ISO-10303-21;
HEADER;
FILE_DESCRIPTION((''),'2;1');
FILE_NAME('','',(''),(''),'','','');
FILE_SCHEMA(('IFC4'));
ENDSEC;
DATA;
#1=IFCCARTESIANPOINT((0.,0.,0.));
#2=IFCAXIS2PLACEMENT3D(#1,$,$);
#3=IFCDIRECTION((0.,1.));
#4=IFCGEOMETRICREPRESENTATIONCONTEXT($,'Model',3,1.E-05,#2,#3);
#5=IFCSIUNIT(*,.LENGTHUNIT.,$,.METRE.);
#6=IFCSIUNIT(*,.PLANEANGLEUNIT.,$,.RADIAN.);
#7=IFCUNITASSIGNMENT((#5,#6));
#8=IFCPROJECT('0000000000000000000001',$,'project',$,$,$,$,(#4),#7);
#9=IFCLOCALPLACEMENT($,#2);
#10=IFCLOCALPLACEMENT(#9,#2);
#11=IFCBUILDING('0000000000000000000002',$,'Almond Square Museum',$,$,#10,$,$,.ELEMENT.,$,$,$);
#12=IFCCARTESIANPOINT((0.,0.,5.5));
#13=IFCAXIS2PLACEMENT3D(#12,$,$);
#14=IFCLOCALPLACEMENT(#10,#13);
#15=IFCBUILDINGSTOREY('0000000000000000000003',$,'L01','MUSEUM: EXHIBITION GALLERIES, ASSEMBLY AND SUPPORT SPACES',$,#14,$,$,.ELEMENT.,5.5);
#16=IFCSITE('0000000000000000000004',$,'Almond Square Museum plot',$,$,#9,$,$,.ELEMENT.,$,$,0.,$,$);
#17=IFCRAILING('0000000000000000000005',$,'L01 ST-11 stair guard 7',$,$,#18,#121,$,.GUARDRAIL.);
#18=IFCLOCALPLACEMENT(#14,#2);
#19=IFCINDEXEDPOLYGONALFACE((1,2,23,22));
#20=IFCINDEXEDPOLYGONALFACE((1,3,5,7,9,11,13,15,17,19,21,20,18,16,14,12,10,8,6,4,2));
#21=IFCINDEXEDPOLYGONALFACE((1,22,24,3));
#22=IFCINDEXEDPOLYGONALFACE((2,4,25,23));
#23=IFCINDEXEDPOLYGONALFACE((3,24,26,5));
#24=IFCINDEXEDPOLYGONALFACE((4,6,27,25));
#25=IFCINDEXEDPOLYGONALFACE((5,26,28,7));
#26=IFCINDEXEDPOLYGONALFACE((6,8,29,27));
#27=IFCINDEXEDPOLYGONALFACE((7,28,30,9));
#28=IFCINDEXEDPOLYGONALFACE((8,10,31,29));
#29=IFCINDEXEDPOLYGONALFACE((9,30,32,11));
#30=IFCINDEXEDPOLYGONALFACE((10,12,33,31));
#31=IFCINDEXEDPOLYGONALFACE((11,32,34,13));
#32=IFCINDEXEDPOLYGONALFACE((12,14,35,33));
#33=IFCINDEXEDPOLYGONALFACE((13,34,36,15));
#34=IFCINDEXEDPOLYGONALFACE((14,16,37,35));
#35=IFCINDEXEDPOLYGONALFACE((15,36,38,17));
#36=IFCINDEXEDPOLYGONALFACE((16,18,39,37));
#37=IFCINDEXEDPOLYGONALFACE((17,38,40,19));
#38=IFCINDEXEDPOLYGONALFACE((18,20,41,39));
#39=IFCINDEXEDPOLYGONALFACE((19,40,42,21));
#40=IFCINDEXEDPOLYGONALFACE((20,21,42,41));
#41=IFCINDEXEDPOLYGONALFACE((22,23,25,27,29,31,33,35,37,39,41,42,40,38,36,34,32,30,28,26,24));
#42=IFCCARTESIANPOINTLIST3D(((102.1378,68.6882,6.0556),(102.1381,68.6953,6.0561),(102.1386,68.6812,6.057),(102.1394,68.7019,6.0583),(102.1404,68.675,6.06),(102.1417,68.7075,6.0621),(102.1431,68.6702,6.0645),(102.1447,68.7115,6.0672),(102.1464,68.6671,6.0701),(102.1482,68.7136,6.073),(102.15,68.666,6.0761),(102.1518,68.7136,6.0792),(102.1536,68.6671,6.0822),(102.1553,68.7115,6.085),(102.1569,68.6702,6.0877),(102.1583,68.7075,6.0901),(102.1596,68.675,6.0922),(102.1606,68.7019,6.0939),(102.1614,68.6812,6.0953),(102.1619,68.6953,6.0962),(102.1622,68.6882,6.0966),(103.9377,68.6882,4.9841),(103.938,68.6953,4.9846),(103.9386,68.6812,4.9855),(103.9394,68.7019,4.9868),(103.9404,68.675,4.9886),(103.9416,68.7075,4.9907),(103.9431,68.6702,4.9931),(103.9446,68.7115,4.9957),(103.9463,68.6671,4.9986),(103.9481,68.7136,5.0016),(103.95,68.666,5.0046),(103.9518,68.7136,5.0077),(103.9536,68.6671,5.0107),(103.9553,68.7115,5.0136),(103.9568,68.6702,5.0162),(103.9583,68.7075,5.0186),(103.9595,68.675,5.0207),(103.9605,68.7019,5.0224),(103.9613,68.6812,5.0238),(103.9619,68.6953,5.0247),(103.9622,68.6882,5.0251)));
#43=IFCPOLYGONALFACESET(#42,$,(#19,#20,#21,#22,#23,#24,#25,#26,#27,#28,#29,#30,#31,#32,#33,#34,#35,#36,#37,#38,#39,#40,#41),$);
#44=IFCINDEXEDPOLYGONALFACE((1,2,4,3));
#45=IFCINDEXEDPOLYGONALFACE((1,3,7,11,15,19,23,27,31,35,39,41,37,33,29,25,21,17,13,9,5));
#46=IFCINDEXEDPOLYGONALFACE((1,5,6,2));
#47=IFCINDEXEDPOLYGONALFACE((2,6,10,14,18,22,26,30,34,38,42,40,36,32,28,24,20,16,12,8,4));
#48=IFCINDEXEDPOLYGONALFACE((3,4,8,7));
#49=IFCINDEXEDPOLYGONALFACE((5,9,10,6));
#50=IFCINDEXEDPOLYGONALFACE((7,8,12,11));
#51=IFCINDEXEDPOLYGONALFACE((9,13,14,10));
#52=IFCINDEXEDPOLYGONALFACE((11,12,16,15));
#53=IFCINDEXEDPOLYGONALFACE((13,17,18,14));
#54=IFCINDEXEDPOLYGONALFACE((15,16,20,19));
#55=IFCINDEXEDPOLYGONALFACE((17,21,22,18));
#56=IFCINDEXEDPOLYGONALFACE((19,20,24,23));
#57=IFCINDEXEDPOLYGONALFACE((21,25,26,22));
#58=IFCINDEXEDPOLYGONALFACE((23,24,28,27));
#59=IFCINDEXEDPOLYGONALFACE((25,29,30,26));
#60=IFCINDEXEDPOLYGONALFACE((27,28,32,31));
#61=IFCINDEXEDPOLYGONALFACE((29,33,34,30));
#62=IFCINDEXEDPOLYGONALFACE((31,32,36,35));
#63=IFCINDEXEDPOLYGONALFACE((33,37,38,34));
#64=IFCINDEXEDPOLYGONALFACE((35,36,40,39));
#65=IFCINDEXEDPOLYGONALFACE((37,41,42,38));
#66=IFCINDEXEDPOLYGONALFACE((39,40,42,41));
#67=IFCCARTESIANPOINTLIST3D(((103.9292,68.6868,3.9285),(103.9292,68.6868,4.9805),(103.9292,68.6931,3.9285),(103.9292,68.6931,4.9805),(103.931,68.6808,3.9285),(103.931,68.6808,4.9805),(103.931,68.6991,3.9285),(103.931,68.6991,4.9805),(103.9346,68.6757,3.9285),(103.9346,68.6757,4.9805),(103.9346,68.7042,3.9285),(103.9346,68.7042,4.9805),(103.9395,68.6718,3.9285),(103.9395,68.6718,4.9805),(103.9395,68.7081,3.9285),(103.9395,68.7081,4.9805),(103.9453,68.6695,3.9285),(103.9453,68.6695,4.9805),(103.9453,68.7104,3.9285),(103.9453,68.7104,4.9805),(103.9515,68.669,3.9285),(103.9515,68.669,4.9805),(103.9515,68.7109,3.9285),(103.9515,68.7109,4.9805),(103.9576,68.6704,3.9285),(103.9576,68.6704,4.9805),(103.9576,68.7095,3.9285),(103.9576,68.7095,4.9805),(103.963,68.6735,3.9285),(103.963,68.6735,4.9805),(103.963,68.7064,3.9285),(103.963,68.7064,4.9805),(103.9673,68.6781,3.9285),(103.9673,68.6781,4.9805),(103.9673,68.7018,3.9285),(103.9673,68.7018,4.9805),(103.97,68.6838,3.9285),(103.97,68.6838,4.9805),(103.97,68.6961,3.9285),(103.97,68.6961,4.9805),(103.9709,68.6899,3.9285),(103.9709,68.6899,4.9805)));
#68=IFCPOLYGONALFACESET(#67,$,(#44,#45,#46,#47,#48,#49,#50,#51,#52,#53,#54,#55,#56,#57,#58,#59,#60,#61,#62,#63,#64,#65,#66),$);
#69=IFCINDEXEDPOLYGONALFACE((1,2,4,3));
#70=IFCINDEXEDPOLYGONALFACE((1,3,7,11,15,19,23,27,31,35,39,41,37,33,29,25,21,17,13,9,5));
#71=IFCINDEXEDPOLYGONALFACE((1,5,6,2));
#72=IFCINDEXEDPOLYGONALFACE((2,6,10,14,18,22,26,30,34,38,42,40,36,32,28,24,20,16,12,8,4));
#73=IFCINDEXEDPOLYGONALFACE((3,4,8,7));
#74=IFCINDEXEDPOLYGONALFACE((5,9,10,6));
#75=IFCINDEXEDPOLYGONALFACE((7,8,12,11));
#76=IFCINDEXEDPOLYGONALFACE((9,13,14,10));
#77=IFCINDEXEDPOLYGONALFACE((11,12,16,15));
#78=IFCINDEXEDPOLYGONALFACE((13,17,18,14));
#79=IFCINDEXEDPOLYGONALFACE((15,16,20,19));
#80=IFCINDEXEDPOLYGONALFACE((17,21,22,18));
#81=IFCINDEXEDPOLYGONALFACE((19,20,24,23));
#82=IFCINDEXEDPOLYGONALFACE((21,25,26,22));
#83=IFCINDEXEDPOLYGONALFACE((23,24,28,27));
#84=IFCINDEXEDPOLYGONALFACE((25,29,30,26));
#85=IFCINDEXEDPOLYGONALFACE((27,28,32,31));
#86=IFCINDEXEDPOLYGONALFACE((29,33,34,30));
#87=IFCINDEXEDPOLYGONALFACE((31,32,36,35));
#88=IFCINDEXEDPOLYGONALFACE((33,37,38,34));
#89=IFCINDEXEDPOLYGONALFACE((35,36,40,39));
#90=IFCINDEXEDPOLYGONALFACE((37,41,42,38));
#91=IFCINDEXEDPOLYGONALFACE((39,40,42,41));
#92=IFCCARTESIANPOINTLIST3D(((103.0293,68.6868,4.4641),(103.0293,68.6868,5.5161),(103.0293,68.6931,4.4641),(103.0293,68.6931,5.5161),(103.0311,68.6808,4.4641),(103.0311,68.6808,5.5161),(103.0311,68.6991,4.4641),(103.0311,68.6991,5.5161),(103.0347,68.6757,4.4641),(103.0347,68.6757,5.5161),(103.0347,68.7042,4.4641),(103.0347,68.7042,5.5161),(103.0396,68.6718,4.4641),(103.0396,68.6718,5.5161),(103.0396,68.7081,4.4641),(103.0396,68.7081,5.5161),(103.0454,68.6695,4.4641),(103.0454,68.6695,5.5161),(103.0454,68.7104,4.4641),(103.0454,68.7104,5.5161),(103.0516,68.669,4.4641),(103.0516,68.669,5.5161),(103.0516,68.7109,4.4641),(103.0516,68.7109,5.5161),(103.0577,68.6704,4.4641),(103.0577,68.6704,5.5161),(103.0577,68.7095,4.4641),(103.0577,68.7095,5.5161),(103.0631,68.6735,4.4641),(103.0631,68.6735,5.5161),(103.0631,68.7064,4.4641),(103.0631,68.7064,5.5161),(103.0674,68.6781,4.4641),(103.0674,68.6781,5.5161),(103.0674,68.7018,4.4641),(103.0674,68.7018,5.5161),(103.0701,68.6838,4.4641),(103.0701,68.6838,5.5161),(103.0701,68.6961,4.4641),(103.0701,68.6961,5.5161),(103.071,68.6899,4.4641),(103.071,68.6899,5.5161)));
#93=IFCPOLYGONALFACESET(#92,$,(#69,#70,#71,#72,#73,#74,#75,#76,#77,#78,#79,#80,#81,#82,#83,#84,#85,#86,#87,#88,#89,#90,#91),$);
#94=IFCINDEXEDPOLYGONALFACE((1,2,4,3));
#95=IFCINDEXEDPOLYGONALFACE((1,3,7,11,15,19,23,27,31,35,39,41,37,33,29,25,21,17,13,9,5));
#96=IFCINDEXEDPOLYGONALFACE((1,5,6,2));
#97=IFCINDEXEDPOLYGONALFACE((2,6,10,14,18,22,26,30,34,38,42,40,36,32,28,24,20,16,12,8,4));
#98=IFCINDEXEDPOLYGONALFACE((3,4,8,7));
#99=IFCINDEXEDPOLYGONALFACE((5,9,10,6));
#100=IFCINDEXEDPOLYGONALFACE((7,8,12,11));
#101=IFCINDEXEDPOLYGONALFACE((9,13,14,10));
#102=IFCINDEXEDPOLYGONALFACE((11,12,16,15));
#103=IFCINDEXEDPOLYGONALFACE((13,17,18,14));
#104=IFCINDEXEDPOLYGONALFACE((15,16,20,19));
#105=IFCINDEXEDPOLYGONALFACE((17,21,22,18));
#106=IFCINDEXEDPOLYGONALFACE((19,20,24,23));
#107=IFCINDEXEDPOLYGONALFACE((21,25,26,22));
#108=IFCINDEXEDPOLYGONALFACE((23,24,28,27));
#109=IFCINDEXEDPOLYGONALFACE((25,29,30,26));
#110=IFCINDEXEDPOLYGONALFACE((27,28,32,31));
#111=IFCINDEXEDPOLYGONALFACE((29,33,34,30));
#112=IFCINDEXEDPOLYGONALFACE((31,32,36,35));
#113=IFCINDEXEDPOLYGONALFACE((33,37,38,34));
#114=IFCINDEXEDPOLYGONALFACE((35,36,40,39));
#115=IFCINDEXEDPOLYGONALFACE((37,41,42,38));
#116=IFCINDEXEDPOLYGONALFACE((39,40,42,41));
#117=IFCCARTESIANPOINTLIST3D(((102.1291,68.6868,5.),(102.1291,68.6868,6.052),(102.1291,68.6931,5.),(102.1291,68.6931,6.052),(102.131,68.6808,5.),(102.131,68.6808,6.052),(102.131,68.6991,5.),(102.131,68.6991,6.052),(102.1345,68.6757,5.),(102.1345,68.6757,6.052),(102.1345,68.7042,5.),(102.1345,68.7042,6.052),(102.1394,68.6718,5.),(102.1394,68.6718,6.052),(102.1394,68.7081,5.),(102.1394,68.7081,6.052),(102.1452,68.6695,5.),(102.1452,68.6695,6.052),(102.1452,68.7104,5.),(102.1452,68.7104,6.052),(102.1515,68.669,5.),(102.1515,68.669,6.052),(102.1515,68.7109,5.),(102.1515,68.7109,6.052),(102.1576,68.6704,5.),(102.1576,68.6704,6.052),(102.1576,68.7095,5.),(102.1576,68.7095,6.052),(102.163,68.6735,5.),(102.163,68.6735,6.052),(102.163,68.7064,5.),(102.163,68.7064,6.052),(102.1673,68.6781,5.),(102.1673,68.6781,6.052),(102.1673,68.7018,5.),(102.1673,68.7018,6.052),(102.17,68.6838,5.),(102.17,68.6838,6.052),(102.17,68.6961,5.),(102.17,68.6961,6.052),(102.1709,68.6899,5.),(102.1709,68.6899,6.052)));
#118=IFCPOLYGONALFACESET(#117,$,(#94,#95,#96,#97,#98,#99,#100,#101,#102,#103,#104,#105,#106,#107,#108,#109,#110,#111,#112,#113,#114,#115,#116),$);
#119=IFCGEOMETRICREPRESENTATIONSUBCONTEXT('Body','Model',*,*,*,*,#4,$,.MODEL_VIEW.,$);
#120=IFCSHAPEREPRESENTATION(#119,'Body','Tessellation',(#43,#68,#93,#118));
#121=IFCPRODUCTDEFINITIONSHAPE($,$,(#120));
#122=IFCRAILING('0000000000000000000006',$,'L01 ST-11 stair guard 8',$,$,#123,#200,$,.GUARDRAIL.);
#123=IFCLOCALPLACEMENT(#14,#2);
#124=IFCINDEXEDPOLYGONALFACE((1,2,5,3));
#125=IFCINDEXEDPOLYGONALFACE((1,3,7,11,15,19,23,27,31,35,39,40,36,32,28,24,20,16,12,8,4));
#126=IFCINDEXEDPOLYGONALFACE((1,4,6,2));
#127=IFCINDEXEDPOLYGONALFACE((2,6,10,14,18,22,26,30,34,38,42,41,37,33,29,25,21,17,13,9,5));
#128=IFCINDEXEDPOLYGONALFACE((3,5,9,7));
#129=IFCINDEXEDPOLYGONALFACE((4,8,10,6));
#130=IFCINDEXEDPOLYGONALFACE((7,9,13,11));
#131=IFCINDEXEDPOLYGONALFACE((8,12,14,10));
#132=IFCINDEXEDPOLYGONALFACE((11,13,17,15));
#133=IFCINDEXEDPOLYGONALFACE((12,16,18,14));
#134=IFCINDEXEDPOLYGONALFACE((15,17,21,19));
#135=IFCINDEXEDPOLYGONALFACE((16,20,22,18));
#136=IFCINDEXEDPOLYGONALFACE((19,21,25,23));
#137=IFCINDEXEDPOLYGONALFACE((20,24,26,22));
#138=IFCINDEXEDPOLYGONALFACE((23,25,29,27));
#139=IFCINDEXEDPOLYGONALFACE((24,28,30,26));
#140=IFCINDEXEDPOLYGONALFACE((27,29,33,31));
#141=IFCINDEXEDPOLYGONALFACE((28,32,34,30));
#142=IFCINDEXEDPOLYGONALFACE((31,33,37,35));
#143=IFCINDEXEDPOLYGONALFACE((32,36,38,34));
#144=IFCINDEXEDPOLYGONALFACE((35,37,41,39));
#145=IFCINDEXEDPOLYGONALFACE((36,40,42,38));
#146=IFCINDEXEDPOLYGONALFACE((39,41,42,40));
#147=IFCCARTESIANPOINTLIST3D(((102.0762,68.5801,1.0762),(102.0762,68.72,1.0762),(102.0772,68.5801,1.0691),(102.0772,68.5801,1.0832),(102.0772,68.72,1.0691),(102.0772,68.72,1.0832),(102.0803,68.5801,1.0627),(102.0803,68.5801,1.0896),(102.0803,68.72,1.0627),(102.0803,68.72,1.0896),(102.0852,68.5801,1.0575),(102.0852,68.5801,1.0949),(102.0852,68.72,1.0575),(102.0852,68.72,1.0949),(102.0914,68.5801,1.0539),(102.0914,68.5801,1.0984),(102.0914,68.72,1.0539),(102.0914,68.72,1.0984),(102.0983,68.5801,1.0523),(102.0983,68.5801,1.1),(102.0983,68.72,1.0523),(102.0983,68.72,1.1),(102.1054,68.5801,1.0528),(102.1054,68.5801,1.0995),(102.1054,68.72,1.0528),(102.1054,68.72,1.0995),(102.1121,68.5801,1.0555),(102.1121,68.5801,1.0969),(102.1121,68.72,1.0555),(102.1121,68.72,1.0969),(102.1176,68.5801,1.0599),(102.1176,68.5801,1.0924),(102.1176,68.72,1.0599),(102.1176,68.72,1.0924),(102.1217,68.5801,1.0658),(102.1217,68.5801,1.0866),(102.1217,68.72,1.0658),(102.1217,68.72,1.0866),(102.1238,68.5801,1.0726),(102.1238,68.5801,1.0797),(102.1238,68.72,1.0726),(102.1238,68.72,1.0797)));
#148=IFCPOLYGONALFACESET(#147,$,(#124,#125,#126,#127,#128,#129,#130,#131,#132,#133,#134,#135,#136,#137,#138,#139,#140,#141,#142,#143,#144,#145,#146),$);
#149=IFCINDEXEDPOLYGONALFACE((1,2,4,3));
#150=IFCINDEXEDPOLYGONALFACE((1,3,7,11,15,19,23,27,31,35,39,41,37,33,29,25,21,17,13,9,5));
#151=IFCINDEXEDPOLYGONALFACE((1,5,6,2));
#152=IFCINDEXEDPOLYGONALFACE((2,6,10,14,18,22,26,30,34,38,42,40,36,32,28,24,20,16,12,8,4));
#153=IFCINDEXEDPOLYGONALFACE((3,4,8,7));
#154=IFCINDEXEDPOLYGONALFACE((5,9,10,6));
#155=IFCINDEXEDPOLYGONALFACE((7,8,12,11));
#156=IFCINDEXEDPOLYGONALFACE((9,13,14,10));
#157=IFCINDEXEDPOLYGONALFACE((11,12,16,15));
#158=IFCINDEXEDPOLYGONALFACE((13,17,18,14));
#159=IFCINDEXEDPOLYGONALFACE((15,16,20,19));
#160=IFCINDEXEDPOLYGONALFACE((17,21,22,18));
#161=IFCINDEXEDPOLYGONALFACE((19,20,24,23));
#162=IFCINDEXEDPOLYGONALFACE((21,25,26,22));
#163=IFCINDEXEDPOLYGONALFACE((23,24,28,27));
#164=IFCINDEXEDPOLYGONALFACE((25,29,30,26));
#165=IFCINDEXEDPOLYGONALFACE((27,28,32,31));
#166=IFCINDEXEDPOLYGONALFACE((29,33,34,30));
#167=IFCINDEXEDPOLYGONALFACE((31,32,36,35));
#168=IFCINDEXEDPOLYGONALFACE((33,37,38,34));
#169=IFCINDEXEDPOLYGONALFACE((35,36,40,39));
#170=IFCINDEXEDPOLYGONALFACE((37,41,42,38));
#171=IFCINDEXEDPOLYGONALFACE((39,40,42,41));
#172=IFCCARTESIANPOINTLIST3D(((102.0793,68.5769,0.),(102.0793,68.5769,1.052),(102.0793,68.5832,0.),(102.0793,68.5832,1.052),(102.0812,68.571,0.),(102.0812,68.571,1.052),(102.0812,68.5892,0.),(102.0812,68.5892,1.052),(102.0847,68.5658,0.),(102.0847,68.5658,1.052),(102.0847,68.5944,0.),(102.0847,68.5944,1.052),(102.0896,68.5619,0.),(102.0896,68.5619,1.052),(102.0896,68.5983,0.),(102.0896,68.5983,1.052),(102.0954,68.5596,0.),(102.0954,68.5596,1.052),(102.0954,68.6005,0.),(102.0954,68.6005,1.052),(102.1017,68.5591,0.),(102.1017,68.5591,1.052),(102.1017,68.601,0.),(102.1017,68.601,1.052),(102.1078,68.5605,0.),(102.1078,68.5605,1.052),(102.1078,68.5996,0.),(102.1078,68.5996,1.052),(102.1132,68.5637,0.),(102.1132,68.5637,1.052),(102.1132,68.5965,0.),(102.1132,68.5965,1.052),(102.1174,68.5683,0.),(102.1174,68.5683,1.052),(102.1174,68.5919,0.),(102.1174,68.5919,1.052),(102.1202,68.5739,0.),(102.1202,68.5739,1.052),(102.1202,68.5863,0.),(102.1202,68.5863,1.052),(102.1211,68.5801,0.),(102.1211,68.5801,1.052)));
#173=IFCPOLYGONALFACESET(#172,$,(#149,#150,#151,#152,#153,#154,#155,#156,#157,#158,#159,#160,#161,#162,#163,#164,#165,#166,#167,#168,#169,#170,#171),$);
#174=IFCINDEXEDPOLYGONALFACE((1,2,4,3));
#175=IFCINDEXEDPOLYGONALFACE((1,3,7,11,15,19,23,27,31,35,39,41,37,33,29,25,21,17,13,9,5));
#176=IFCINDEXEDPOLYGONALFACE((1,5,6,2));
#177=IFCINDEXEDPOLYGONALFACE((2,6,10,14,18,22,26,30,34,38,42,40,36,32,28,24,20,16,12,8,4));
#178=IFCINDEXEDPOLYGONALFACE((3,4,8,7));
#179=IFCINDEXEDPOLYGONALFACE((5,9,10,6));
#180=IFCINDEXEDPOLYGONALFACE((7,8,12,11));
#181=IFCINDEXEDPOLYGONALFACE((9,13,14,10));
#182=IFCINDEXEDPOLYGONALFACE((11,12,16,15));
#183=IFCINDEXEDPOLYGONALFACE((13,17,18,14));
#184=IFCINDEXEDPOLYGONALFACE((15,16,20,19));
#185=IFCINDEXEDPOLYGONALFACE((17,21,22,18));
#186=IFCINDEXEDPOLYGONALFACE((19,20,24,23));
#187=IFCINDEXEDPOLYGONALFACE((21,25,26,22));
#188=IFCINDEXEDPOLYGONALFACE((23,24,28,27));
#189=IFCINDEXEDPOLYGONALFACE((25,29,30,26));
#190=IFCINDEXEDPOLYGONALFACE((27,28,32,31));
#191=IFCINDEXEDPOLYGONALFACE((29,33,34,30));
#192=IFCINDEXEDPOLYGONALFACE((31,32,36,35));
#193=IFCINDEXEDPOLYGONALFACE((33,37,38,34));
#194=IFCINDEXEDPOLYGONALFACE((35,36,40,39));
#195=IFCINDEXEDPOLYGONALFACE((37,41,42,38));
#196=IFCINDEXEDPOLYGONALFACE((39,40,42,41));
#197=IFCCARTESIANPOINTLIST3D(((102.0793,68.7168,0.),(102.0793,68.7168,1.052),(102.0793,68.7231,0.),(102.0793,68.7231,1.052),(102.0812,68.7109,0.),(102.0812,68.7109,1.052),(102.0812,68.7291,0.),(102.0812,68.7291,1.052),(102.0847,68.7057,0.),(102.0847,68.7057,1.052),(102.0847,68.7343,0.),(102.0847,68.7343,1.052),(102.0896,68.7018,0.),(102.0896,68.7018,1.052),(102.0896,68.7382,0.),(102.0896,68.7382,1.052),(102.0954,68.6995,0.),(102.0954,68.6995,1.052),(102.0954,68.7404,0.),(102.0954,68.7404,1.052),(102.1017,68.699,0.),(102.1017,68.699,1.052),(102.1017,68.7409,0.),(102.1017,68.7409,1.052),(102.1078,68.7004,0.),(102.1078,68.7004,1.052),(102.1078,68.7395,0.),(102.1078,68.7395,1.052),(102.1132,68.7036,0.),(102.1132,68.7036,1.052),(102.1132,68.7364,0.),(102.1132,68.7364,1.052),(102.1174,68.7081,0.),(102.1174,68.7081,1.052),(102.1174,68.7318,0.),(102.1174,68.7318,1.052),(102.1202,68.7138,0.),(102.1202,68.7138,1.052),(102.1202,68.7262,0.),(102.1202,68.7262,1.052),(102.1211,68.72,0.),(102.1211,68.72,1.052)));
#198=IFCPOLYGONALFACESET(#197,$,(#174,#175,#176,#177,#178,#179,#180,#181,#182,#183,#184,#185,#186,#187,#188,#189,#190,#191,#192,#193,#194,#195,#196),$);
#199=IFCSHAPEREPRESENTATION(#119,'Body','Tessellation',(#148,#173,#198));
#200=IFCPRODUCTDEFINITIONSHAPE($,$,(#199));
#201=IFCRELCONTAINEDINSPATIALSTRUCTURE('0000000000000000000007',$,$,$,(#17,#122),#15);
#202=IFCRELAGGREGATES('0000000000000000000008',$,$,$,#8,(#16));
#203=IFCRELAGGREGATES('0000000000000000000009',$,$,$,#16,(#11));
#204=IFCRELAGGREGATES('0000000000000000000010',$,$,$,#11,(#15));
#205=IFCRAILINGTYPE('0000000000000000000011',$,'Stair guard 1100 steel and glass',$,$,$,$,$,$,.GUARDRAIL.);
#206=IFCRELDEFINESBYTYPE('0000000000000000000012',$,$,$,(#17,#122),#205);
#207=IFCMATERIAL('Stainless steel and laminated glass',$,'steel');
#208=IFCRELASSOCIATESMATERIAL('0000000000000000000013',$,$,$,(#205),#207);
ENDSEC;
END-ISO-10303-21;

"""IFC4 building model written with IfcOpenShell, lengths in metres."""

from ifc_helpers import new_model, si_unit, direction, frame, origin, origin_2d, place, context, subcontext, project, spatial, circle, extrude, material, type_object, element, save


model = new_model("IFC4")

# Units and contexts
model_context = context("Model", 3, precision=1e-05, world=origin(), true_north=direction((0.0, 1.0)))
body_context = subcontext(model_context, "Body", "Model", "MODEL_VIEW")
ifc_project = project(units=[si_unit("LENGTHUNIT", "METRE"), si_unit("PLANEANGLEUNIT", "RADIAN")], contexts=[model_context])

# Site, building, storey
site_placement = place(None, origin())
site = spatial("IfcSite", under=ifc_project, at=site_placement, Name="Almond Square Museum plot", CompositionType="ELEMENT", RefElevation=0.0)
building_placement = place(site_placement, origin())
building = spatial("IfcBuilding", under=site, at=building_placement, Name="Almond Square Museum", CompositionType="ELEMENT")
storey_placement = place(building_placement, frame((0.0, 0.0, 5.5)))
storey = spatial("IfcBuildingStorey", under=building, at=storey_placement, Name="L01", Description="MUSEUM: EXHIBITION GALLERIES, ASSEMBLY AND SUPPORT SPACES", CompositionType="ELEMENT", Elevation=5.5)

# Railings
ifc_material_1 = material(Name="Stainless steel and laminated glass", Category="steel")
railing_type_1 = type_object("IfcRailingType", Name="Stair guard 1100 steel and glass", PredefinedType="GUARDRAIL", material=ifc_material_1)
railing_1_placement = place(storey_placement, frame((103.95, 68.6899, 3.9285)))
element("IfcRailing", 1, at=railing_1_placement, inside=storey, type_object=railing_type_1, Name="L01 ST-11 stair guard 7", PredefinedType="GUARDRAIL", context=body_context, shape_type="SweptSolid", body=[
    extrude(circle(Radius=0.0239, at=origin_2d()), frame((0.0, 0.0, 1.0762), z_axis=(-0.859277, 0.0, 0.51151), x_axis=(0.0, -1.0, 0.0)), (0.0, 0.0, 1.0), 2.0947),
    extrude(circle(Radius=0.021, at=origin_2d()), origin(), (0.0, 0.0, 1.0), 1.052),
    extrude(circle(Radius=0.021, at=origin_2d()), frame((-0.8999, 0.0, 0.5356)), (0.0, 0.0, 1.0), 1.052),
    extrude(circle(Radius=0.021, at=origin_2d()), frame((-1.8, 0.0, 1.0715)), (0.0, 0.0, 1.0), 1.052),
])
railing_2_placement = place(storey_placement, frame((102.1001, 68.5801, 0.0)))
element("IfcRailing", 2, at=railing_2_placement, inside=storey, type_object=railing_type_1, Name="L01 ST-11 stair guard 8", PredefinedType="GUARDRAIL", context=body_context, shape_type="SweptSolid", body=[
    extrude(circle(Radius=0.0239, at=origin_2d()), frame((0.0, 0.0, 1.0762), z_axis=(0.0, 1.0, 0.0), x_axis=(-1.0, 0.0, 0.0)), (0.0, 0.0, 1.0), 0.1399),
    extrude(circle(Radius=0.021, at=origin_2d()), origin(), (0.0, 0.0, 1.0), 1.052),
    extrude(circle(Radius=0.021, at=origin_2d()), frame((0.0, 0.1399, 0.0)), (0.0, 0.0, 1.0), 1.052),
])

save(model, "model.ifc")
